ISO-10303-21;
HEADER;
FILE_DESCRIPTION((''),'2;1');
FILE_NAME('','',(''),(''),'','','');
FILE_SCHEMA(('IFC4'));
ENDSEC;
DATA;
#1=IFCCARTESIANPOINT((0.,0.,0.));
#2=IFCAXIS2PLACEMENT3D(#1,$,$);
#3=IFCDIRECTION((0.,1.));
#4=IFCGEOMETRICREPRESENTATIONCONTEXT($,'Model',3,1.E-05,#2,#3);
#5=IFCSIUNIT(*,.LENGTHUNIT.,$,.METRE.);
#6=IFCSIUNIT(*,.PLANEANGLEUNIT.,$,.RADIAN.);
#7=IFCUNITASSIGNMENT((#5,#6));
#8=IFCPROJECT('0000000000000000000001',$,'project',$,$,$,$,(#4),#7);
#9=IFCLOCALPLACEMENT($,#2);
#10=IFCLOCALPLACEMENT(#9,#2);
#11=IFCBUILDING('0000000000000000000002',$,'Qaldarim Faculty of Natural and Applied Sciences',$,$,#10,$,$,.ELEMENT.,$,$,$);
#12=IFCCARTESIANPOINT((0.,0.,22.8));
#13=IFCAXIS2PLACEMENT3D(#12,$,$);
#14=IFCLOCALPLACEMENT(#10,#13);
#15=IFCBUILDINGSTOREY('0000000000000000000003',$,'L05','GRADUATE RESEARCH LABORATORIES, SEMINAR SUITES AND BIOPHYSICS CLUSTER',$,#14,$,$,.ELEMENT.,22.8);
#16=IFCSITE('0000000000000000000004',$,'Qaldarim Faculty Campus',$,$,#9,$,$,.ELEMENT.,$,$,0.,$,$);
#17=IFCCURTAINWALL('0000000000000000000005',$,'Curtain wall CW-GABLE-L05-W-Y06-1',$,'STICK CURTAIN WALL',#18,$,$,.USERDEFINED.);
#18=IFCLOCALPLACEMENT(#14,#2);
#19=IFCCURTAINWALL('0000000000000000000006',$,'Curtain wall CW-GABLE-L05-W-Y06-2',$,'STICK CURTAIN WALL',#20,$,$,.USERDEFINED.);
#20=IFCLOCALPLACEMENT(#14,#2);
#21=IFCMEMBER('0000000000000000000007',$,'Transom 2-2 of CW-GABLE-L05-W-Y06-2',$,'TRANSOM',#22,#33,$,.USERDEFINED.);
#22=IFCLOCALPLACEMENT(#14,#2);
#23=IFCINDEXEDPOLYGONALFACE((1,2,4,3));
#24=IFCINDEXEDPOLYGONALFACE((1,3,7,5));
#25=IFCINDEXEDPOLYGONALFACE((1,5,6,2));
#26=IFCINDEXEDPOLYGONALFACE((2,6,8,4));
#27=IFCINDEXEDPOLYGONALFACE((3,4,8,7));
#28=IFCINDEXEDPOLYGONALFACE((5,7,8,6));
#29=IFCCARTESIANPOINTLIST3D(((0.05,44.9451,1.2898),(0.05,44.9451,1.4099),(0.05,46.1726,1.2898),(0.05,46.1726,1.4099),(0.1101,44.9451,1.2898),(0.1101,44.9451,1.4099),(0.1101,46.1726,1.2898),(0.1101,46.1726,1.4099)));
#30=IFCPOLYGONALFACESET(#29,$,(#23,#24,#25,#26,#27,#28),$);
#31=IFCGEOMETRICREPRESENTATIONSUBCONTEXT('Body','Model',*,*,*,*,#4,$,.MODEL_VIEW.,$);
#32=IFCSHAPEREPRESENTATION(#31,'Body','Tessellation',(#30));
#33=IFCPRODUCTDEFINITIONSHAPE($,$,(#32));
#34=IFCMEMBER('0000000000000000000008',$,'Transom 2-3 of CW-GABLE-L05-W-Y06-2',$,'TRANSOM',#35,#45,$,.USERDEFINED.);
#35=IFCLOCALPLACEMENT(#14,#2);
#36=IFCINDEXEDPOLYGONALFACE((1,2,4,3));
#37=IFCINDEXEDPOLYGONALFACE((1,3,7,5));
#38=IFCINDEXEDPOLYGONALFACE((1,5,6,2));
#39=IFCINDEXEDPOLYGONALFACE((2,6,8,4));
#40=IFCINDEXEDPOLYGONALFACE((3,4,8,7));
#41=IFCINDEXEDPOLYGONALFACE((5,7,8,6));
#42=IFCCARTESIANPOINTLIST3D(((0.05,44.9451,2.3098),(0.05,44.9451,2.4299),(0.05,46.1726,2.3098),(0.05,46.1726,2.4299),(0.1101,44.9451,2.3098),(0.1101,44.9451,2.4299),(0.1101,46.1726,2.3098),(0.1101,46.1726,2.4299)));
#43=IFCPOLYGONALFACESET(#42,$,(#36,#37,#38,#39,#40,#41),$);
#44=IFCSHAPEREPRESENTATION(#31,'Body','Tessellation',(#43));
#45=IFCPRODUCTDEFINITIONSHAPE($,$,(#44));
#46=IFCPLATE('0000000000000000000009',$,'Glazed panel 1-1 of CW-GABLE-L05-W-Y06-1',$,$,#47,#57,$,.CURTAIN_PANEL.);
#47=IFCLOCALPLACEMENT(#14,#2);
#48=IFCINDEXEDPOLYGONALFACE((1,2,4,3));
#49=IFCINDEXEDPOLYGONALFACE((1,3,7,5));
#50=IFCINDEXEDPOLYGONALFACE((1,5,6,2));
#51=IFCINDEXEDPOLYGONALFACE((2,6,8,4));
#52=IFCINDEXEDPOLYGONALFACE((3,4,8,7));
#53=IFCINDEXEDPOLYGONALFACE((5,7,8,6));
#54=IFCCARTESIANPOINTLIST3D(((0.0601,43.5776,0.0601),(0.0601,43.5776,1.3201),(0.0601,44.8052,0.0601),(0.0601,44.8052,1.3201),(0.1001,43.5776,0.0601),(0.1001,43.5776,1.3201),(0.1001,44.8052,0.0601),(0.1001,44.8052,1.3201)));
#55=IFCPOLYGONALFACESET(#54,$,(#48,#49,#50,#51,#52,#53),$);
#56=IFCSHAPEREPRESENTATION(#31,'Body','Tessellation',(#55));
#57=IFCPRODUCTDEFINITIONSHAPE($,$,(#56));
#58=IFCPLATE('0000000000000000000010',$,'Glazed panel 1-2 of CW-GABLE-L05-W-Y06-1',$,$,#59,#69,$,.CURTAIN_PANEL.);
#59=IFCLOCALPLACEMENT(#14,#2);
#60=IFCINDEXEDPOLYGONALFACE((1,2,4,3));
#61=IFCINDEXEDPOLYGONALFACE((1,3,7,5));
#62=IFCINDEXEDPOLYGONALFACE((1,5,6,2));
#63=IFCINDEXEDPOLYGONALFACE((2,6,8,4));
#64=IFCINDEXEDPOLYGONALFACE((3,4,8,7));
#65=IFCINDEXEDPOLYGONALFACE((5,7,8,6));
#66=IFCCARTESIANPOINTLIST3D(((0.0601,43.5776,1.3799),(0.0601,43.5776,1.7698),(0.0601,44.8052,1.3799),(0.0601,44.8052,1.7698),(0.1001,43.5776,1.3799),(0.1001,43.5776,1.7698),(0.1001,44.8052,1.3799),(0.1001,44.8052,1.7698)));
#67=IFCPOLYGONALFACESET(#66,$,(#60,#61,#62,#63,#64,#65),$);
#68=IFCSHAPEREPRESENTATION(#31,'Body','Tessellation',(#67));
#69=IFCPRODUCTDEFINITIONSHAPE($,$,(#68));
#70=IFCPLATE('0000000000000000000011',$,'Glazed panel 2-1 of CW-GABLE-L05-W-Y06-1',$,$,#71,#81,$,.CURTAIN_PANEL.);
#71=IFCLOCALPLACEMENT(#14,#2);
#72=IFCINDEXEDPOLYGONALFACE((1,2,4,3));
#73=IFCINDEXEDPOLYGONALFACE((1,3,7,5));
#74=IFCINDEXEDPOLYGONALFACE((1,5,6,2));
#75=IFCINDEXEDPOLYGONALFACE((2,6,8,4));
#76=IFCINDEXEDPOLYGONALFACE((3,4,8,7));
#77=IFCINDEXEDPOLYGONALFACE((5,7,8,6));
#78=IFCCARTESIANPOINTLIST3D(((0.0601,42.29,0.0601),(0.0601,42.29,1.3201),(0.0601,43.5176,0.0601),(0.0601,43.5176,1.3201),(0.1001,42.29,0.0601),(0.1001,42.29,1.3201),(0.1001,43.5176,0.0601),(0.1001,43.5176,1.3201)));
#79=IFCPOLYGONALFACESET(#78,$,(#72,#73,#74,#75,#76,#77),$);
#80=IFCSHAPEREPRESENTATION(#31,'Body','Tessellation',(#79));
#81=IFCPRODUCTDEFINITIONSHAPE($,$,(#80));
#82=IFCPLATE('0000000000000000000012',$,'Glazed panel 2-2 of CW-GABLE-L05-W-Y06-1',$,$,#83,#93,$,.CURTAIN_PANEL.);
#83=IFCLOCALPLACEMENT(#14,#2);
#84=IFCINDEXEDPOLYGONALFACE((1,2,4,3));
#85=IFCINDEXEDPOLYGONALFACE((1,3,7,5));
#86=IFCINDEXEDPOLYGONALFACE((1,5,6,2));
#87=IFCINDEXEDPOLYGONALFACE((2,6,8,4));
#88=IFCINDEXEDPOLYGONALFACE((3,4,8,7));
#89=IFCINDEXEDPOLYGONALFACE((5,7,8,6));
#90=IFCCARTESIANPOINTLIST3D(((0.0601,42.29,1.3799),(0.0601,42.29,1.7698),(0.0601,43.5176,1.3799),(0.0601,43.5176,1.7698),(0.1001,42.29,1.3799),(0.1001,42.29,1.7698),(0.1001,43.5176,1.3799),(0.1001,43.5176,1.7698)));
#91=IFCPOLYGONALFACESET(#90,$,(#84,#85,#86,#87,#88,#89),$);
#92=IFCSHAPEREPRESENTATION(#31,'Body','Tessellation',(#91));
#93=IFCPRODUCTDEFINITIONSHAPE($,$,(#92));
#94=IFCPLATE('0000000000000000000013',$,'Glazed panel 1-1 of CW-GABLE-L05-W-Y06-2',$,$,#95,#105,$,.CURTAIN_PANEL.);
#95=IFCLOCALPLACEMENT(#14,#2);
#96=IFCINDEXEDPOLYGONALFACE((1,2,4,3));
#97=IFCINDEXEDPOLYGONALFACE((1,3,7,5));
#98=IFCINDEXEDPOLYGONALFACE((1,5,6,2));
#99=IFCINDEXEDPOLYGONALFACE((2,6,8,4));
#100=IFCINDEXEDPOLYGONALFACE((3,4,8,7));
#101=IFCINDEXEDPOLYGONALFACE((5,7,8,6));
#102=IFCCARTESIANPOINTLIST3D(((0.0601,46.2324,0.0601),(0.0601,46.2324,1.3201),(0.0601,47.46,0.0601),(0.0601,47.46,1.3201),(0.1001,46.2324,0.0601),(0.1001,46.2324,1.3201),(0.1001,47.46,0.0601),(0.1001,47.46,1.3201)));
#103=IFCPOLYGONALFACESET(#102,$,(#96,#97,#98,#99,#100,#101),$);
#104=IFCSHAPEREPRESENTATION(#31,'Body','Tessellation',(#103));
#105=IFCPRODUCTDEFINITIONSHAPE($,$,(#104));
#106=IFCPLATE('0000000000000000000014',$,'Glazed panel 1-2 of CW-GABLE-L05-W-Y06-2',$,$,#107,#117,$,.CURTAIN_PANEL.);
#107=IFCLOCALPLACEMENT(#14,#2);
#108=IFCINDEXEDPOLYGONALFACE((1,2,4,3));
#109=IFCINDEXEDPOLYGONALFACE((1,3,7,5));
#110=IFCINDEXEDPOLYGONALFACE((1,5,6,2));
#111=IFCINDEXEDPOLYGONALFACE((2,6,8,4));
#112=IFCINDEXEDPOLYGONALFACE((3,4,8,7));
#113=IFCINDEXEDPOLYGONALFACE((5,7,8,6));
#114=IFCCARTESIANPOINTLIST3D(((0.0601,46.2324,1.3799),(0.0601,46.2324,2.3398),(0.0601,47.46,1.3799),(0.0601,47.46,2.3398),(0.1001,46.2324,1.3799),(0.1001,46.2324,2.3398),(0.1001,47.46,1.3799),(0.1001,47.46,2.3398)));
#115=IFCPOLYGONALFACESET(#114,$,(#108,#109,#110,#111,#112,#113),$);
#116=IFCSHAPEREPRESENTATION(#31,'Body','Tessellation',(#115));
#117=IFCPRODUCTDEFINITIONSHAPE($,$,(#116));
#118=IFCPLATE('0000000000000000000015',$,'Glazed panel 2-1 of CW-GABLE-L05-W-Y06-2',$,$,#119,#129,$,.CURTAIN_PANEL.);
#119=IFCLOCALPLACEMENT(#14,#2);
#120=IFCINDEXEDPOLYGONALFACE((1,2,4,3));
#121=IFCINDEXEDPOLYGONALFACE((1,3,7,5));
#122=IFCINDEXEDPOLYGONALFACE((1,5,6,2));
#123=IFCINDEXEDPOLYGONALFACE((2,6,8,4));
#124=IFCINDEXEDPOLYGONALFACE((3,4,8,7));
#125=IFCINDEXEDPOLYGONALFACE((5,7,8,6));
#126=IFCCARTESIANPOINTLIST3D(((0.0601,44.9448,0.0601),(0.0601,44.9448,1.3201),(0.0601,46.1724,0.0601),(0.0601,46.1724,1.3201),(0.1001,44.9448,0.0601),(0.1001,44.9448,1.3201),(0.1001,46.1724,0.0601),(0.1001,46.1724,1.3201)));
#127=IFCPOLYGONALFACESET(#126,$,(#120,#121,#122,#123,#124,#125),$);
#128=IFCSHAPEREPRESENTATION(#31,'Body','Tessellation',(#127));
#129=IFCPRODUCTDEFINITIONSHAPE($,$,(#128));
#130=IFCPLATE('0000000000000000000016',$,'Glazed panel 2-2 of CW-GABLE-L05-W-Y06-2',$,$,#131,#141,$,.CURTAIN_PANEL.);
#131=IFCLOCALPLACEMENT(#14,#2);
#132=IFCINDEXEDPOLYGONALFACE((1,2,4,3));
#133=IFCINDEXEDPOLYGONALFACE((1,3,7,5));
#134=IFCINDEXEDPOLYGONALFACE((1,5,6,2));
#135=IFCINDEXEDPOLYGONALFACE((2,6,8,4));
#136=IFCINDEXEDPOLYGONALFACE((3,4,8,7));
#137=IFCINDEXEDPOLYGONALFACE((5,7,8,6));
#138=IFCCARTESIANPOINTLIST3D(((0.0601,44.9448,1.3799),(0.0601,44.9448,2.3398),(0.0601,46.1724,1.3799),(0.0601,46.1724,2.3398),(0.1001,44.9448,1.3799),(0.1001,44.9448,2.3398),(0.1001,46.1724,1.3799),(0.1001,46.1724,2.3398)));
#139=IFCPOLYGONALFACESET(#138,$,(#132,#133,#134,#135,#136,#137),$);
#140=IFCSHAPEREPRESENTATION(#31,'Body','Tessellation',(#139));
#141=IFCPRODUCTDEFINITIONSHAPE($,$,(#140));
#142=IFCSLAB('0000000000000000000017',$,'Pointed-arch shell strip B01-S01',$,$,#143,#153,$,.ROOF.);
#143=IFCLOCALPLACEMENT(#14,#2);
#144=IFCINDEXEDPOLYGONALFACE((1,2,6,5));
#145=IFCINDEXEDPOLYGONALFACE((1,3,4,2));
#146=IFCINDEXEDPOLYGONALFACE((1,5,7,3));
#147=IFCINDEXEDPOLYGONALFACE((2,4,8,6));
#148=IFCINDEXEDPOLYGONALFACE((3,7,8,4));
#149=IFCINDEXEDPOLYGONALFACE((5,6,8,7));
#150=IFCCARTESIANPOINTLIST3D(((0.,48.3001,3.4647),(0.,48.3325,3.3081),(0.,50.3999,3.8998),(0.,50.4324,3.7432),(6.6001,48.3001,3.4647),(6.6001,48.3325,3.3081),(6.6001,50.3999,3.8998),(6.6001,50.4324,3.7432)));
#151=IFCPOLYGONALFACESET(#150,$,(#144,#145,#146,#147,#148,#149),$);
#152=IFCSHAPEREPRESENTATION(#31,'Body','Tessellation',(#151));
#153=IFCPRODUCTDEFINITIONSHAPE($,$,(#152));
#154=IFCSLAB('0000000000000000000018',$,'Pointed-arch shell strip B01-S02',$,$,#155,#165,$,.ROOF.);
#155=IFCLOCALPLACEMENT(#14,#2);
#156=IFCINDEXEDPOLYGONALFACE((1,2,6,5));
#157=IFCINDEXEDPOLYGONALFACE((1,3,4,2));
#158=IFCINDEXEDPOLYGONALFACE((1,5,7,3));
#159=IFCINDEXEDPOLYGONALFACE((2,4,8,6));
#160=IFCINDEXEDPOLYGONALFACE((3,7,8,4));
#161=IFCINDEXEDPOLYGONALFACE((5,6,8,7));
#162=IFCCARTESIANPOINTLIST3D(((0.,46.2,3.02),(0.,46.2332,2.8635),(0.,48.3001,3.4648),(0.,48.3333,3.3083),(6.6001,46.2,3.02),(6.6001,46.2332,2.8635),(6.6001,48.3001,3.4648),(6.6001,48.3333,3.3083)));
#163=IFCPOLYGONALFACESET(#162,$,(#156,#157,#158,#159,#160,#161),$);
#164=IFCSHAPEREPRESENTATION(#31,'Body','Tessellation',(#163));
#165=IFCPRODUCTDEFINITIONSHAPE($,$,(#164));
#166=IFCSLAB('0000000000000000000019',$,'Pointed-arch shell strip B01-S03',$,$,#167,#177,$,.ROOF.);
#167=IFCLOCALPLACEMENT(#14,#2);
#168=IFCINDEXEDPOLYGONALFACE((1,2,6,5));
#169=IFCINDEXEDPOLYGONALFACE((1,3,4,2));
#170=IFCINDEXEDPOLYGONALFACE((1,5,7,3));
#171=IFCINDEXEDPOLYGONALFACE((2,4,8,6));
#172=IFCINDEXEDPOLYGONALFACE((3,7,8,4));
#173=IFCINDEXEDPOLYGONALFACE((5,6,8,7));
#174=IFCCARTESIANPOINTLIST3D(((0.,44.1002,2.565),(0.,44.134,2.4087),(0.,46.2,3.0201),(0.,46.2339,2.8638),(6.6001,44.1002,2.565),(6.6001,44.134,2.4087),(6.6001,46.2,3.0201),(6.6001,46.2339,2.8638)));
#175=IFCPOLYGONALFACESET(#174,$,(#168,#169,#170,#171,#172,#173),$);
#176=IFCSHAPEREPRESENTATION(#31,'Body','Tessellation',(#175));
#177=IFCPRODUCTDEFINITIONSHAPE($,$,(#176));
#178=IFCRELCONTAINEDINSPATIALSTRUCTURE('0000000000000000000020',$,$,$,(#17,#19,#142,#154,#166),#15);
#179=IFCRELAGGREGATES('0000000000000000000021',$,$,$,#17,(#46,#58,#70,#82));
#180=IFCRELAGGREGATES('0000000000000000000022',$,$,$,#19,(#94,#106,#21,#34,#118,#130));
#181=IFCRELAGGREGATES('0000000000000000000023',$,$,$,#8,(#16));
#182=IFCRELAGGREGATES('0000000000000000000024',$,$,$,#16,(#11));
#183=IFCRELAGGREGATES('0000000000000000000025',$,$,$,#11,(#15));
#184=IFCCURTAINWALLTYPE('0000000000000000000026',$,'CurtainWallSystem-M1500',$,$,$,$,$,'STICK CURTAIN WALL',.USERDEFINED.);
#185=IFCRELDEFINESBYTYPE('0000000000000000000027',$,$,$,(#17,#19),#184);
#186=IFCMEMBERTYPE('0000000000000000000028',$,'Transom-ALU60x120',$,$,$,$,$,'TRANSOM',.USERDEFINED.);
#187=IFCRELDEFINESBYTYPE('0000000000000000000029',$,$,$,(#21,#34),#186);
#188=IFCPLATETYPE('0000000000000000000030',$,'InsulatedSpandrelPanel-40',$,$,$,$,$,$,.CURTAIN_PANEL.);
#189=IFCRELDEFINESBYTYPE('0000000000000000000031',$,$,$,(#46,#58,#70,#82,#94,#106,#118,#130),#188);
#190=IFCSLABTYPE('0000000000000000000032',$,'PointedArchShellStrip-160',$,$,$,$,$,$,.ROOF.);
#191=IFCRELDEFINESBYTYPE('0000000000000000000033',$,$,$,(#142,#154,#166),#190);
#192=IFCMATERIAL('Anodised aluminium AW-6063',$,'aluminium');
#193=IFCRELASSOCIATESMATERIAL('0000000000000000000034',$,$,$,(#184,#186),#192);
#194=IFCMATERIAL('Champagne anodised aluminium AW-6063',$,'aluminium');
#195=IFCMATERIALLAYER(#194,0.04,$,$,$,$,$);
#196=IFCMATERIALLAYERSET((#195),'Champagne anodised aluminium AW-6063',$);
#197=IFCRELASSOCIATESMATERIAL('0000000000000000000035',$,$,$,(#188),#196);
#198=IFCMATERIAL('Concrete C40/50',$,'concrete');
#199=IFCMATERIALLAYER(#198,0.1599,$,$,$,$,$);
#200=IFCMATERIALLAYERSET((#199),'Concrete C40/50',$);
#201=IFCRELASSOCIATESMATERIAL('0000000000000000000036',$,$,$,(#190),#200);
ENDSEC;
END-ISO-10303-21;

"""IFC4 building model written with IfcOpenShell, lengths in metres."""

from ifc_helpers import new_model, si_unit, direction, frame, origin, origin_2d, place, context, subcontext, project, spatial, polyline, rectangle, outline, extrude, material, layer, layer_set, material_profile, profile_set, type_object, element, aggregate, save


model = new_model("IFC4")

# Units and contexts
model_context = context("Model", 3, precision=1e-05, world=origin(), true_north=direction((0.0, 1.0)))
body_context = subcontext(model_context, "Body", "Model", "MODEL_VIEW")
ifc_project = project(units=[si_unit("LENGTHUNIT", "METRE"), si_unit("PLANEANGLEUNIT", "RADIAN")], contexts=[model_context])

# Site, building, storey
site_placement = place(None, origin())
site = spatial("IfcSite", under=ifc_project, at=site_placement, Name="Qaldarim Faculty Campus", CompositionType="ELEMENT", RefElevation=0.0)
building_placement = place(site_placement, origin())
building = spatial("IfcBuilding", under=site, at=building_placement, Name="Qaldarim Faculty of Natural and Applied Sciences", CompositionType="ELEMENT")
storey_placement = place(building_placement, frame((0.0, 0.0, 22.8)))
storey = spatial("IfcBuildingStorey", under=building, at=storey_placement, Name="L05", Description="GRADUATE RESEARCH LABORATORIES, SEMINAR SUITES AND BIOPHYSICS CLUSTER", CompositionType="ELEMENT", Elevation=22.8)

# Curtain walls
ifc_material_1 = material(Name="Anodised aluminium AW-6063", Category="aluminium")
curtain_wall_type = type_object("IfcCurtainWallType", Name="CurtainWallSystem-M1500", ElementType="STICK CURTAIN WALL", PredefinedType="USERDEFINED", material=ifc_material_1)
curtain_wall_1_placement = place(storey_placement, origin())
curtain_wall_1 = element("IfcCurtainWall", 1, at=curtain_wall_1_placement, inside=storey, type_object=curtain_wall_type, Name="Curtain wall CW-GABLE-L05-W-Y06-1", ObjectType="STICK CURTAIN WALL", PredefinedType="USERDEFINED")
curtain_wall_2_placement = place(storey_placement, origin())
curtain_wall_2 = element("IfcCurtainWall", 2, at=curtain_wall_2_placement, inside=storey, type_object=curtain_wall_type, Name="Curtain wall CW-GABLE-L05-W-Y06-2", ObjectType="STICK CURTAIN WALL", PredefinedType="USERDEFINED")

# Members
ifc_material_profile_1 = material_profile(ifc_material_1, rectangle(XDim=0.0601, YDim=0.1201, at=origin_2d()), Name="ALU-T60x120")
ifc_profile_set_1 = profile_set([ifc_material_profile_1], Name="Anodised aluminium AW-6063")
member_type_1 = type_object("IfcMemberType", Name="Transom-ALU60x120", ElementType="TRANSOM", PredefinedType="USERDEFINED", material=ifc_profile_set_1)
member_1_placement = place(storey_placement, frame((0.0801, 46.1726, 1.3499), z_axis=(0.0, -1.0, 0.0), x_axis=(1.0, 0.0, 0.0)))
member_1 = element("IfcMember", 3, at=member_1_placement, type_object=member_type_1, Name="Transom 2-2 of CW-GABLE-L05-W-Y06-2", ObjectType="TRANSOM", PredefinedType="USERDEFINED", context=body_context, shape_type="SweptSolid", body=[
    extrude(rectangle(XDim=0.0601, YDim=0.1201, at=origin_2d()), origin(), (0.0, 0.0, 1.0), 1.2275),
])
member_2_placement = place(storey_placement, frame((0.0801, 46.1726, 2.3699), z_axis=(0.0, -1.0, 0.0), x_axis=(1.0, 0.0, 0.0)))
member_2 = element("IfcMember", 4, at=member_2_placement, type_object=member_type_1, Name="Transom 2-3 of CW-GABLE-L05-W-Y06-2", ObjectType="TRANSOM", PredefinedType="USERDEFINED", context=body_context, shape_type="SweptSolid", body=[
    extrude(rectangle(XDim=0.0601, YDim=0.1201, at=origin_2d()), origin(), (0.0, 0.0, 1.0), 1.2275),
])

# Plates
ifc_material_2 = material(Name="Champagne anodised aluminium AW-6063", Category="aluminium")
ifc_layer_1 = layer(ifc_material_2, 0.04)
ifc_layer_set_1 = layer_set([ifc_layer_1], Name="Champagne anodised aluminium AW-6063")
plate_type = type_object("IfcPlateType", Name="InsulatedSpandrelPanel-40", PredefinedType="CURTAIN_PANEL", material=ifc_layer_set_1)
plate_1_placement = place(storey_placement, frame((0.0801, 44.1914, 0.0601), z_axis=(0.0, 0.0, 1.0), x_axis=(0.0, -1.0, 0.0)))
plate_1 = element("IfcPlate", 5, at=plate_1_placement, type_object=plate_type, Name="Glazed panel 1-1 of CW-GABLE-L05-W-Y06-1", PredefinedType="CURTAIN_PANEL", context=body_context, shape_type="SweptSolid", body=[
    extrude(rectangle(XDim=1.2275, YDim=0.04, at=origin_2d()), origin(), (0.0, 0.0, 1.0), 1.26),
])
plate_2_placement = place(storey_placement, frame((0.0801, 44.1914, 1.3799), z_axis=(0.0, 0.0, 1.0), x_axis=(0.0, -1.0, 0.0)))
plate_2 = element("IfcPlate", 6, at=plate_2_placement, type_object=plate_type, Name="Glazed panel 1-2 of CW-GABLE-L05-W-Y06-1", PredefinedType="CURTAIN_PANEL", context=body_context, shape_type="SweptSolid", body=[
    extrude(rectangle(XDim=1.2275, YDim=0.04, at=origin_2d()), origin(), (0.0, 0.0, 1.0), 0.3899),
])
plate_3_placement = place(storey_placement, frame((0.0801, 42.9038, 0.0601), z_axis=(0.0, 0.0, 1.0), x_axis=(0.0, -1.0, 0.0)))
plate_3 = element("IfcPlate", 7, at=plate_3_placement, type_object=plate_type, Name="Glazed panel 2-1 of CW-GABLE-L05-W-Y06-1", PredefinedType="CURTAIN_PANEL", context=body_context, shape_type="SweptSolid", body=[
    extrude(rectangle(XDim=1.2275, YDim=0.04, at=origin_2d()), origin(), (0.0, 0.0, 1.0), 1.26),
])
plate_4_placement = place(storey_placement, frame((0.0801, 42.9038, 1.3799), z_axis=(0.0, 0.0, 1.0), x_axis=(0.0, -1.0, 0.0)))
plate_4 = element("IfcPlate", 8, at=plate_4_placement, type_object=plate_type, Name="Glazed panel 2-2 of CW-GABLE-L05-W-Y06-1", PredefinedType="CURTAIN_PANEL", context=body_context, shape_type="SweptSolid", body=[
    extrude(rectangle(XDim=1.2275, YDim=0.04, at=origin_2d()), origin(), (0.0, 0.0, 1.0), 0.3899),
])
aggregate(curtain_wall_1, [plate_1, plate_2, plate_3, plate_4])
plate_5_placement = place(storey_placement, frame((0.0801, 46.8462, 0.0601), z_axis=(0.0, 0.0, 1.0), x_axis=(0.0, -1.0, 0.0)))
plate_5 = element("IfcPlate", 9, at=plate_5_placement, type_object=plate_type, Name="Glazed panel 1-1 of CW-GABLE-L05-W-Y06-2", PredefinedType="CURTAIN_PANEL", context=body_context, shape_type="SweptSolid", body=[
    extrude(rectangle(XDim=1.2275, YDim=0.04, at=origin_2d()), origin(), (0.0, 0.0, 1.0), 1.26),
])
plate_6_placement = place(storey_placement, frame((0.0801, 46.8462, 1.3799), z_axis=(0.0, 0.0, 1.0), x_axis=(0.0, -1.0, 0.0)))
plate_6 = element("IfcPlate", 10, at=plate_6_placement, type_object=plate_type, Name="Glazed panel 1-2 of CW-GABLE-L05-W-Y06-2", PredefinedType="CURTAIN_PANEL", context=body_context, shape_type="SweptSolid", body=[
    extrude(rectangle(XDim=1.2275, YDim=0.04, at=origin_2d()), origin(), (0.0, 0.0, 1.0), 0.96),
])
plate_7_placement = place(storey_placement, frame((0.0801, 45.5586, 0.0601), z_axis=(0.0, 0.0, 1.0), x_axis=(0.0, -1.0, 0.0)))
plate_7 = element("IfcPlate", 11, at=plate_7_placement, type_object=plate_type, Name="Glazed panel 2-1 of CW-GABLE-L05-W-Y06-2", PredefinedType="CURTAIN_PANEL", context=body_context, shape_type="SweptSolid", body=[
    extrude(rectangle(XDim=1.2275, YDim=0.04, at=origin_2d()), origin(), (0.0, 0.0, 1.0), 1.26),
])
plate_8_placement = place(storey_placement, frame((0.0801, 45.5586, 1.3799), z_axis=(0.0, 0.0, 1.0), x_axis=(0.0, -1.0, 0.0)))
plate_8 = element("IfcPlate", 12, at=plate_8_placement, type_object=plate_type, Name="Glazed panel 2-2 of CW-GABLE-L05-W-Y06-2", PredefinedType="CURTAIN_PANEL", context=body_context, shape_type="SweptSolid", body=[
    extrude(rectangle(XDim=1.2275, YDim=0.04, at=origin_2d()), origin(), (0.0, 0.0, 1.0), 0.96),
])
aggregate(curtain_wall_2, [plate_5, plate_6, member_1, member_2, plate_7, plate_8])

# Slabs
ifc_material_3 = material(Name="Concrete C40/50", Category="concrete")
ifc_layer_2 = layer(ifc_material_3, 0.1599)
ifc_layer_set_2 = layer_set([ifc_layer_2], Name="Concrete C40/50")
slab_type = type_object("IfcSlabType", Name="PointedArchShellStrip-160", PredefinedType="ROOF", material=ifc_layer_set_2)
slab_1_placement = place(storey_placement, frame((0.0, 48.3325, 3.3081), z_axis=(0.0, -0.202877, 0.979204), x_axis=(1.0, 0.0, 0.0)))
element("IfcSlab", 13, at=slab_1_placement, inside=storey, type_object=slab_type, Name="Pointed-arch shell strip B01-S01", PredefinedType="ROOF", context=body_context, shape_type="SweptSolid", body=[
    extrude(outline(polyline([(0.0, 0.0), (6.6001, 0.0), (6.6001, 2.1444), (0.0, 2.1444), (0.0, 0.0)])), origin(), (0.0, 0.0, 1.0), 0.1599),
])
slab_2_placement = place(storey_placement, frame((0.0, 46.2332, 2.8635), z_axis=(0.0, -0.207214, 0.978296), x_axis=(1.0, 0.0, 0.0)))
element("IfcSlab", 14, at=slab_2_placement, inside=storey, type_object=slab_type, Name="Pointed-arch shell strip B01-S02", PredefinedType="ROOF", context=body_context, shape_type="SweptSolid", body=[
    extrude(outline(polyline([(0.0, 0.0), (6.6001, 0.0), (6.6001, 2.1467), (0.0, 2.1467), (0.0, 0.0)])), origin(), (0.0, 0.0, 1.0), 0.1599),
])
slab_3_placement = place(storey_placement, frame((0.0, 44.134, 2.4087), z_axis=(0.0, -0.211802, 0.977313), x_axis=(1.0, 0.0, 0.0)))
element("IfcSlab", 15, at=slab_3_placement, inside=storey, type_object=slab_type, Name="Pointed-arch shell strip B01-S03", PredefinedType="ROOF", context=body_context, shape_type="SweptSolid", body=[
    extrude(outline(polyline([(0.0, 0.0), (6.6001, 0.0), (6.6001, 2.1486), (0.0, 2.1486), (0.0, 0.0)])), origin(), (0.0, 0.0, 1.0), 0.1599),
])

save(model, "model.ifc")
